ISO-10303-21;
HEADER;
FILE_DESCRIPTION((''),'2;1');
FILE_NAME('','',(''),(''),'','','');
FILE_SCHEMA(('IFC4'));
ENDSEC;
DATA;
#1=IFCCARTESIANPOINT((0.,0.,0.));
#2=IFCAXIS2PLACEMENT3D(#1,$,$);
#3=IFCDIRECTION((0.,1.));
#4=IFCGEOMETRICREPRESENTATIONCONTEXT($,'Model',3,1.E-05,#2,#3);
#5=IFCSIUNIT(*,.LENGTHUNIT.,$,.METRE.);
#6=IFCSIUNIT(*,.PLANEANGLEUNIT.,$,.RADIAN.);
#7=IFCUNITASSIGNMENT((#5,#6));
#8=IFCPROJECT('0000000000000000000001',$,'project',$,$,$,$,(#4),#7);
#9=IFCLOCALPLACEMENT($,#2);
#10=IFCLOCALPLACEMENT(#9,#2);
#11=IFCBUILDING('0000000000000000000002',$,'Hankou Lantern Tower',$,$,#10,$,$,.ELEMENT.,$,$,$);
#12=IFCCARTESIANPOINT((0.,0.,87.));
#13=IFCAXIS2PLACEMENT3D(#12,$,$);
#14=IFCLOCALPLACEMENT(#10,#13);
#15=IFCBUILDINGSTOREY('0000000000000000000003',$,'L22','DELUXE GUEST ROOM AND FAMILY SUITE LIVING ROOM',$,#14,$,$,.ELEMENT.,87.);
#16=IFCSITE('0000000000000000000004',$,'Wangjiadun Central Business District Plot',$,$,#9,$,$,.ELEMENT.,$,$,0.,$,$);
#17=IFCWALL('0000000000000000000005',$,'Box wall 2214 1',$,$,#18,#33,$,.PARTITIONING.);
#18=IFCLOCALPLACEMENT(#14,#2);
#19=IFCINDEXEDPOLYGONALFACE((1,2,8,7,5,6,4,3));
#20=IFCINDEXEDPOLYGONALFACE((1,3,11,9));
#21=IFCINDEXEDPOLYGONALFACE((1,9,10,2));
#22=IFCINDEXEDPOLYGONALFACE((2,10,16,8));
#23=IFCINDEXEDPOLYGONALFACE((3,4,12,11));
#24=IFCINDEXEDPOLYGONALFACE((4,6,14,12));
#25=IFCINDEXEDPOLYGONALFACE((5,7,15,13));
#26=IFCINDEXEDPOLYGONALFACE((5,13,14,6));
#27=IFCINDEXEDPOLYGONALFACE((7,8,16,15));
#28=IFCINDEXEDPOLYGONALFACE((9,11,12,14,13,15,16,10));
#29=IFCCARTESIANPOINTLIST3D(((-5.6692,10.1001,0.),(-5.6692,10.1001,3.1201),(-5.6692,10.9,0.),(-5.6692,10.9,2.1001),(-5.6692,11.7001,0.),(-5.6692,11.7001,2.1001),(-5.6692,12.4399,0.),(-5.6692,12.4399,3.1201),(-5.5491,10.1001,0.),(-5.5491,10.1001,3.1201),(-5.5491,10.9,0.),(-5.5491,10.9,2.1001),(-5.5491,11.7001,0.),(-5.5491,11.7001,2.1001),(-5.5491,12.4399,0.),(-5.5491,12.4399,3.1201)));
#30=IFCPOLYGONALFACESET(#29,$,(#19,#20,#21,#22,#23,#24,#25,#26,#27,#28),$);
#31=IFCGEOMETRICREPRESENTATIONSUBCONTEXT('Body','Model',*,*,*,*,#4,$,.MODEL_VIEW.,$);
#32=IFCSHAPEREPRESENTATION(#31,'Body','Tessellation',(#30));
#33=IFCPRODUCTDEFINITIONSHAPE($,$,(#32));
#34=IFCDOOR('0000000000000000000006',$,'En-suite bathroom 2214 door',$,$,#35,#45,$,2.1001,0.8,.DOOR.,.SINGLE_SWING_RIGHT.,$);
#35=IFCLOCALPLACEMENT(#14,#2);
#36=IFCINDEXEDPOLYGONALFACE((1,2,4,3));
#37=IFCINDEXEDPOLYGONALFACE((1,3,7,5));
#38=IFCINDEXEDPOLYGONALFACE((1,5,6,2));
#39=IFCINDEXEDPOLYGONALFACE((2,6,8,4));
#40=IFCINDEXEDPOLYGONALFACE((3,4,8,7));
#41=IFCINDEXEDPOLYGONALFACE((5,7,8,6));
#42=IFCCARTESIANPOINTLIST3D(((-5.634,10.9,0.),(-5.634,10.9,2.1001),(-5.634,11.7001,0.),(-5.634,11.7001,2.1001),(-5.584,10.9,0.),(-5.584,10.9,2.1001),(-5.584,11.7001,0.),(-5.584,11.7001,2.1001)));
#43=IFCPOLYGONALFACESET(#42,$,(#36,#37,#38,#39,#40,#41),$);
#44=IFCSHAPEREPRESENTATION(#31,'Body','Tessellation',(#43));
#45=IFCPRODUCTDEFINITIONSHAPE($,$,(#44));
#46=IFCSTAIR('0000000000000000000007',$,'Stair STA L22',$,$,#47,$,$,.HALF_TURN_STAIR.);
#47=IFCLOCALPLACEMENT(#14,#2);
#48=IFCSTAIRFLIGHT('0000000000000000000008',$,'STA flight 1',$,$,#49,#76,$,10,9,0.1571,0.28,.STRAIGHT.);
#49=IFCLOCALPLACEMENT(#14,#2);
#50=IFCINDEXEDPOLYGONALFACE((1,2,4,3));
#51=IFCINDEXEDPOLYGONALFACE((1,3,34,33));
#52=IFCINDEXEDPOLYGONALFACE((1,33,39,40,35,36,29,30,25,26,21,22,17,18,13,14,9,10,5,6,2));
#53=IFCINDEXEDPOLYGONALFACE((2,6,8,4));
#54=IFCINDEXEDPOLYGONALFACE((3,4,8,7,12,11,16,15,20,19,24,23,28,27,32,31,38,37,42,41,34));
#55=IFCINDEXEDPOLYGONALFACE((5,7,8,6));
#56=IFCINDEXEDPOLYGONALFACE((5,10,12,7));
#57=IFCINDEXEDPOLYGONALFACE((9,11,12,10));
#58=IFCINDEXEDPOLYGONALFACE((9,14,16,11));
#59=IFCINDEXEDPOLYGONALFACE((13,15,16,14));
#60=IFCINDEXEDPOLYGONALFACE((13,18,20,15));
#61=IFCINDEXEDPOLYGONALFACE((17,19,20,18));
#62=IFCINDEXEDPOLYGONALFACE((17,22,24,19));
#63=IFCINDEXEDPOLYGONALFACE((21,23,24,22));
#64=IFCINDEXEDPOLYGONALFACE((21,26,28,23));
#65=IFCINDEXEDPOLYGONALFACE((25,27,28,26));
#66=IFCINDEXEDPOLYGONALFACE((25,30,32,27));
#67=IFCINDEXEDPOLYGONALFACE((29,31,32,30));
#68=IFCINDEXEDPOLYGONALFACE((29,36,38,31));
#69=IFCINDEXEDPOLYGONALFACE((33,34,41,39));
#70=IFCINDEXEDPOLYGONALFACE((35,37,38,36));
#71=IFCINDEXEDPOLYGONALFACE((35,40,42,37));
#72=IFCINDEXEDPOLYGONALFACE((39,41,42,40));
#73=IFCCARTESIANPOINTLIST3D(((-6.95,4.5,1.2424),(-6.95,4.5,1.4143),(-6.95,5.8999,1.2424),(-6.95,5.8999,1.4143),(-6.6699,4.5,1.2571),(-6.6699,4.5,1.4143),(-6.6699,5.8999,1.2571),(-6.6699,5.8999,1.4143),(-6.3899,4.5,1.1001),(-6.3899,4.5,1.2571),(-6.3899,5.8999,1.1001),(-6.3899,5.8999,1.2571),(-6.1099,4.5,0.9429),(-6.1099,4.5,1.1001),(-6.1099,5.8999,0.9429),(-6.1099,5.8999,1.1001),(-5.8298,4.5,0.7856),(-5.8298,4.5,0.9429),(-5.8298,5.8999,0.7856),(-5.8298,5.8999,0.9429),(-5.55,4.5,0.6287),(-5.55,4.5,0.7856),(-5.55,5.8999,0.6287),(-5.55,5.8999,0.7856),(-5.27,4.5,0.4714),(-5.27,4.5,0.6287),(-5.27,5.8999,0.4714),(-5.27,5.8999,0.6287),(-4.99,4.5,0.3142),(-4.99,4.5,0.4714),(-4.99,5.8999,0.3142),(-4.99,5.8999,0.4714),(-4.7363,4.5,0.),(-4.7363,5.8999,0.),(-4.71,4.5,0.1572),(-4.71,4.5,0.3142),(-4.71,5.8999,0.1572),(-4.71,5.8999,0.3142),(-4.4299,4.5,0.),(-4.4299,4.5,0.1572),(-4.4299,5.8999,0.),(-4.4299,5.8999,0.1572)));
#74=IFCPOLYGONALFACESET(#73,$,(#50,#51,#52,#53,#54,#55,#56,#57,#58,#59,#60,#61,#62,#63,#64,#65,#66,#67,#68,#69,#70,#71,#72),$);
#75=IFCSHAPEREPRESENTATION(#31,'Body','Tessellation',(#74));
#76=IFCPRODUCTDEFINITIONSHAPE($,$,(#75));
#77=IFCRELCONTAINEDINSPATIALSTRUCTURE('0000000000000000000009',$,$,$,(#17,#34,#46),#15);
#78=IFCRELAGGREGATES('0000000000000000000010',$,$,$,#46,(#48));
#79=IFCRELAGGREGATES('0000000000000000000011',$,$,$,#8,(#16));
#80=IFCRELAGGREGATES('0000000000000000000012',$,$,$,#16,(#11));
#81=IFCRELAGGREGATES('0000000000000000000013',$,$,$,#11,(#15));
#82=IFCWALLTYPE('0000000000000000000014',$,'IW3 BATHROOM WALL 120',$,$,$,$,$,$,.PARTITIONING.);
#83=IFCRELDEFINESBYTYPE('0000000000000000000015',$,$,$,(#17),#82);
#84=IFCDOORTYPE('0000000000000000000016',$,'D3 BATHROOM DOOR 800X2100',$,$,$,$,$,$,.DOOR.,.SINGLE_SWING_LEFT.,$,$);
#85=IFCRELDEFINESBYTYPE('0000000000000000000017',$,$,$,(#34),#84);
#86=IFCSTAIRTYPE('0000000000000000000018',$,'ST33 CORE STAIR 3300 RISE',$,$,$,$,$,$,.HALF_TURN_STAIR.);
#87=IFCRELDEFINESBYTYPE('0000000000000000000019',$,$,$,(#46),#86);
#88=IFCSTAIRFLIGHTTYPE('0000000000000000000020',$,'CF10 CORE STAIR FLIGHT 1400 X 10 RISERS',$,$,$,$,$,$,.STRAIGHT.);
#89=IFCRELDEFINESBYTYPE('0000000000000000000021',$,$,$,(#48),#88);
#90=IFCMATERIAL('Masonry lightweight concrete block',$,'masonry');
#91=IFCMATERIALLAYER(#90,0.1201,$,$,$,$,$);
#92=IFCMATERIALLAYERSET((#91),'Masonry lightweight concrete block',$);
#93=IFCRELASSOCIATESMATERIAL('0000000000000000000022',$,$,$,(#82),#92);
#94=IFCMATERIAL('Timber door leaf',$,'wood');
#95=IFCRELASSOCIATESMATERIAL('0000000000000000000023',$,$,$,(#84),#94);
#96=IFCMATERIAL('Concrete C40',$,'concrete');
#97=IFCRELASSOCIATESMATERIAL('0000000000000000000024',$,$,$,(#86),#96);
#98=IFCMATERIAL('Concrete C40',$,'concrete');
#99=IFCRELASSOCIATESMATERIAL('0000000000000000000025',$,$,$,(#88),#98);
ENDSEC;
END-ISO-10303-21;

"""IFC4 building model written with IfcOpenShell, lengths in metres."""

from ifc_helpers import new_model, si_unit, direction, frame, frame_2d, origin, place, context, subcontext, project, spatial, polyline, rectangle, outline, extrude, material, layer, layer_set, type_object, element, fill, aggregate, save


model = new_model("IFC4")

# Units and contexts
model_context = context("Model", 3, precision=1e-05, world=origin(), true_north=direction((0.0, 1.0)))
body_context = subcontext(model_context, "Body", "Model", "MODEL_VIEW")
ifc_project = project(units=[si_unit("LENGTHUNIT", "METRE"), si_unit("PLANEANGLEUNIT", "RADIAN")], contexts=[model_context])

# Site, building, storey
site_placement = place(None, origin())
site = spatial("IfcSite", under=ifc_project, at=site_placement, Name="Wangjiadun Central Business District Plot", CompositionType="ELEMENT", RefElevation=0.0)
building_placement = place(site_placement, origin())
building = spatial("IfcBuilding", under=site, at=building_placement, Name="Hankou Lantern Tower", CompositionType="ELEMENT")
storey_placement = place(building_placement, frame((0.0, 0.0, 87.0)))
storey = spatial("IfcBuildingStorey", under=building, at=storey_placement, Name="L22", Description="DELUXE GUEST ROOM AND FAMILY SUITE LIVING ROOM", CompositionType="ELEMENT", Elevation=87.0)

# Wall, opening, door
ifc_material_1 = material(Name="Masonry lightweight concrete block", Category="masonry")
ifc_layer_1 = layer(ifc_material_1, 0.1201)
ifc_layer_set_1 = layer_set([ifc_layer_1], Name="Masonry lightweight concrete block")
wall_type_1 = type_object("IfcWallType", Name="IW3 BATHROOM WALL 120", PredefinedType="PARTITIONING", material=ifc_layer_set_1)
ifc_material_2 = material(Name="Timber door leaf", Category="wood")
door_type_1 = type_object("IfcDoorType", Name="D3 BATHROOM DOOR 800X2100", OperationType="SINGLE_SWING_LEFT", PredefinedType="DOOR", material=ifc_material_2)
wall_1_placement = place(storey_placement, frame((-5.6091, 10.1001, 0.0), z_axis=(0.0, 0.0, 1.0), x_axis=(0.0, 1.0, 0.0)))
wall_1 = element("IfcWall", 1, at=wall_1_placement, inside=storey, type_object=wall_type_1, Name="Box wall 2214 1", PredefinedType="PARTITIONING", context=body_context, shape_type="SweptSolid", body=[
    extrude(rectangle(XDim=2.3398, YDim=0.1201, at=frame_2d((1.1699, 0.0))), origin(), (0.0, 0.0, 1.0), 3.1201),
])
opening_1_placement = place(wall_1_placement, frame((0.8, 0.0, 0.0)))
opening_1 = element("IfcOpeningElement", 2, at=opening_1_placement, cuts=wall_1, PredefinedType="OPENING", context=body_context, shape_type="SweptSolid", body=[
    extrude(rectangle(XDim=0.8, YDim=2.1001, at=frame_2d((0.3999, 1.05))), frame((0.0, 0.0701, 0.0), z_axis=(0.0, -1.0, 0.0), x_axis=(1.0, 0.0, 0.0)), (0.0, 0.0, 1.0), 0.1401),
])
door_1_placement = place(opening_1_placement, origin())
door_1 = element("IfcDoor", 3, at=door_1_placement, inside=storey, type_object=door_type_1, Name="En-suite bathroom 2214 door", OperationType="SINGLE_SWING_RIGHT", OverallHeight=2.1001, OverallWidth=0.8, PredefinedType="DOOR", context=body_context, shape_type="SweptSolid", body=[
    extrude(rectangle(XDim=0.8, YDim=2.1001, at=frame_2d((0.3999, 1.05))), frame((0.0, 0.0249, 0.0), z_axis=(0.0, -1.0, 0.0), x_axis=(1.0, 0.0, 0.0)), (0.0, 0.0, 1.0), 0.05),
])
fill(opening_1, door_1)

# Stair, stair flight
ifc_material_3 = material(Name="Concrete C40", Category="concrete")
stair_type = type_object("IfcStairType", Name="ST33 CORE STAIR 3300 RISE", PredefinedType="HALF_TURN_STAIR", material=ifc_material_3)
stair_placement = place(storey_placement, origin())
stair = element("IfcStair", 4, at=stair_placement, inside=storey, type_object=stair_type, Name="Stair STA L22", PredefinedType="HALF_TURN_STAIR")
ifc_material_4 = material(Name="Concrete C40", Category="concrete")
stair_flight_type = type_object("IfcStairFlightType", Name="CF10 CORE STAIR FLIGHT 1400 X 10 RISERS", PredefinedType="STRAIGHT", material=ifc_material_4)
stair_flight_placement = place(storey_placement, frame((-4.4299, 5.2, 0.0), z_axis=(0.0, 0.0, 1.0), x_axis=(-1.0, 0.0, 0.0)))
stair_flight = element("IfcStairFlight", 5, at=stair_flight_placement, type_object=stair_flight_type, Name="STA flight 1", NumberOfRisers=10, NumberOfTreads=9, PredefinedType="STRAIGHT", RiserHeight=0.1571, TreadLength=0.28, context=body_context, shape_type="SweptSolid", body=[
    extrude(outline(polyline([(0.0, 0.0), (0.0, 0.1572), (0.28, 0.1572), (0.28, 0.3142), (0.5601, 0.3142), (0.5601, 0.4714), (0.8401, 0.4714), (0.8401, 0.6287), (1.1201, 0.6287), (1.1201, 0.7856), (1.3999, 0.7856), (1.3999, 0.9429), (1.6799, 0.9429), (1.6799, 1.1001), (1.96, 1.1001), (1.96, 1.2571), (2.24, 1.2571), (2.24, 1.4143), (2.52, 1.4143), (2.52, 1.5715), (2.52, 1.2424), (0.3064, 0.0), (0.0, 0.0)])), frame((0.0, 0.7, 0.0), z_axis=(0.0, -1.0, 0.0), x_axis=(1.0, 0.0, 0.0)), (0.0, 0.0, 1.0), 1.3999),
])
aggregate(stair, [stair_flight])

save(model, "model.ifc")
